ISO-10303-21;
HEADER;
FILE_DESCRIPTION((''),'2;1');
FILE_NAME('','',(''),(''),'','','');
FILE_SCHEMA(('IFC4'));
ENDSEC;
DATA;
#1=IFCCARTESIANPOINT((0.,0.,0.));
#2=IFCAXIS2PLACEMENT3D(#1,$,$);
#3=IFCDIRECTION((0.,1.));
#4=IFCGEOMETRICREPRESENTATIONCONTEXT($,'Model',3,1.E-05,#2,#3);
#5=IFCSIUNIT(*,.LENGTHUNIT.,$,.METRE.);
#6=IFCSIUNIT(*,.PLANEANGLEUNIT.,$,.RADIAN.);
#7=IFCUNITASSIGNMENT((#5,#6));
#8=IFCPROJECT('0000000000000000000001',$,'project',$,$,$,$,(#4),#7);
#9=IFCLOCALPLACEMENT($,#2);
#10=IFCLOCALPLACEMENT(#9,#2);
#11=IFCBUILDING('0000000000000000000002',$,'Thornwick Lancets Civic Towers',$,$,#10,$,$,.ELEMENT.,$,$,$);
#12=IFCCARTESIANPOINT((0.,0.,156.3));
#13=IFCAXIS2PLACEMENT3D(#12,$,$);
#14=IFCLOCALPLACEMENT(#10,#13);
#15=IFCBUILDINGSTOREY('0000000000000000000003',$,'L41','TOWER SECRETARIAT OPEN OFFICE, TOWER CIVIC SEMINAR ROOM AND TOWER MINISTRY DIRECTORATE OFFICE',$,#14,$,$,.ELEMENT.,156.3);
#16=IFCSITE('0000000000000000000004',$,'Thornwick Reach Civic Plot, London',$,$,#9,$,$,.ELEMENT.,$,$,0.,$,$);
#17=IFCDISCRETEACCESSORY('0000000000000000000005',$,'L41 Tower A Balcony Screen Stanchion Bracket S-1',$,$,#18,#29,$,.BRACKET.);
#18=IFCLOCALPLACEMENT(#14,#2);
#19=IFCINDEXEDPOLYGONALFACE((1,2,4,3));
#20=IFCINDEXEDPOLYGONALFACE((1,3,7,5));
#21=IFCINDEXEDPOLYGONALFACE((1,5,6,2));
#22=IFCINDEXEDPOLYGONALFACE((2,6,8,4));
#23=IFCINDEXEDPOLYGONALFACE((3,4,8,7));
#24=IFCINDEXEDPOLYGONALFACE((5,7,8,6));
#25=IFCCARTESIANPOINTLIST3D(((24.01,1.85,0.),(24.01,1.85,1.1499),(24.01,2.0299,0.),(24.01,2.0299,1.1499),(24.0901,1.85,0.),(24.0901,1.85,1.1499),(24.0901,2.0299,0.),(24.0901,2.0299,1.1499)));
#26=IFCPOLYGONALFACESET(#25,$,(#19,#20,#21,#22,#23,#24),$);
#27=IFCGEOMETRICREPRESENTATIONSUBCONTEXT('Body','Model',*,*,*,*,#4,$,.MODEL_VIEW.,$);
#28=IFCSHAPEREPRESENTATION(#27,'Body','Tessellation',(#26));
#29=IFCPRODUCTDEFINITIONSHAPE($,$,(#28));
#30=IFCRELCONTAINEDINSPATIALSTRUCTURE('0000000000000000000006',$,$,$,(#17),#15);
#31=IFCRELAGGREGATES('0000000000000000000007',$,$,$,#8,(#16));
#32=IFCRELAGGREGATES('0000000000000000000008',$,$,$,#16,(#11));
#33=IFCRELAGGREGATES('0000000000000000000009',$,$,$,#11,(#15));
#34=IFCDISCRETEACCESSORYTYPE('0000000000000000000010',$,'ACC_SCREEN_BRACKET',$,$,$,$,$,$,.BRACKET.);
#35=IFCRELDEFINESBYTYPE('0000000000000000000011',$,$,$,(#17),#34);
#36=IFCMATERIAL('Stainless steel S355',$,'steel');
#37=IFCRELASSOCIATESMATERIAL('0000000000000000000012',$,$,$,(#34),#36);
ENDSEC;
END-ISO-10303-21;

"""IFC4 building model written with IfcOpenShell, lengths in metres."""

from ifc_helpers import new_model, si_unit, direction, frame, origin, origin_2d, place, context, subcontext, project, spatial, rectangle, extrude, material, type_object, element, save


model = new_model("IFC4")

# Units and contexts
model_context = context("Model", 3, precision=1e-05, world=origin(), true_north=direction((0.0, 1.0)))
body_context = subcontext(model_context, "Body", "Model", "MODEL_VIEW")
ifc_project = project(units=[si_unit("LENGTHUNIT", "METRE"), si_unit("PLANEANGLEUNIT", "RADIAN")], contexts=[model_context])

# Site, building, storey
site_placement = place(None, origin())
site = spatial("IfcSite", under=ifc_project, at=site_placement, Name="Thornwick Reach Civic Plot, London", CompositionType="ELEMENT", RefElevation=0.0)
building_placement = place(site_placement, origin())
building = spatial("IfcBuilding", under=site, at=building_placement, Name="Thornwick Lancets Civic Towers", CompositionType="ELEMENT")
storey_placement = place(building_placement, frame((0.0, 0.0, 156.3)))
storey = spatial("IfcBuildingStorey", under=building, at=storey_placement, Name="L41", Description="TOWER SECRETARIAT OPEN OFFICE, TOWER CIVIC SEMINAR ROOM AND TOWER MINISTRY DIRECTORATE OFFICE", CompositionType="ELEMENT", Elevation=156.3)

# Discrete accessory
ifc_material_1 = material(Name="Stainless steel S355", Category="steel")
discrete_accessory_type = type_object("IfcDiscreteAccessoryType", Name="ACC_SCREEN_BRACKET", PredefinedType="BRACKET", material=ifc_material_1)
discrete_accessory_placement = place(storey_placement, frame((24.05, 1.9399, 0.0), z_axis=(0.0, 0.0, 1.0), x_axis=(1.0, 0.0, 0.0)))
element("IfcDiscreteAccessory", 1, at=discrete_accessory_placement, inside=storey, type_object=discrete_accessory_type, Name="L41 Tower A Balcony Screen Stanchion Bracket S-1", PredefinedType="BRACKET", context=body_context, shape_type="SweptSolid", body=[
    extrude(rectangle(XDim=0.0801, YDim=0.1799, at=origin_2d()), origin(), (0.0, 0.0, 1.0), 1.1499),
])

save(model, "model.ifc")
